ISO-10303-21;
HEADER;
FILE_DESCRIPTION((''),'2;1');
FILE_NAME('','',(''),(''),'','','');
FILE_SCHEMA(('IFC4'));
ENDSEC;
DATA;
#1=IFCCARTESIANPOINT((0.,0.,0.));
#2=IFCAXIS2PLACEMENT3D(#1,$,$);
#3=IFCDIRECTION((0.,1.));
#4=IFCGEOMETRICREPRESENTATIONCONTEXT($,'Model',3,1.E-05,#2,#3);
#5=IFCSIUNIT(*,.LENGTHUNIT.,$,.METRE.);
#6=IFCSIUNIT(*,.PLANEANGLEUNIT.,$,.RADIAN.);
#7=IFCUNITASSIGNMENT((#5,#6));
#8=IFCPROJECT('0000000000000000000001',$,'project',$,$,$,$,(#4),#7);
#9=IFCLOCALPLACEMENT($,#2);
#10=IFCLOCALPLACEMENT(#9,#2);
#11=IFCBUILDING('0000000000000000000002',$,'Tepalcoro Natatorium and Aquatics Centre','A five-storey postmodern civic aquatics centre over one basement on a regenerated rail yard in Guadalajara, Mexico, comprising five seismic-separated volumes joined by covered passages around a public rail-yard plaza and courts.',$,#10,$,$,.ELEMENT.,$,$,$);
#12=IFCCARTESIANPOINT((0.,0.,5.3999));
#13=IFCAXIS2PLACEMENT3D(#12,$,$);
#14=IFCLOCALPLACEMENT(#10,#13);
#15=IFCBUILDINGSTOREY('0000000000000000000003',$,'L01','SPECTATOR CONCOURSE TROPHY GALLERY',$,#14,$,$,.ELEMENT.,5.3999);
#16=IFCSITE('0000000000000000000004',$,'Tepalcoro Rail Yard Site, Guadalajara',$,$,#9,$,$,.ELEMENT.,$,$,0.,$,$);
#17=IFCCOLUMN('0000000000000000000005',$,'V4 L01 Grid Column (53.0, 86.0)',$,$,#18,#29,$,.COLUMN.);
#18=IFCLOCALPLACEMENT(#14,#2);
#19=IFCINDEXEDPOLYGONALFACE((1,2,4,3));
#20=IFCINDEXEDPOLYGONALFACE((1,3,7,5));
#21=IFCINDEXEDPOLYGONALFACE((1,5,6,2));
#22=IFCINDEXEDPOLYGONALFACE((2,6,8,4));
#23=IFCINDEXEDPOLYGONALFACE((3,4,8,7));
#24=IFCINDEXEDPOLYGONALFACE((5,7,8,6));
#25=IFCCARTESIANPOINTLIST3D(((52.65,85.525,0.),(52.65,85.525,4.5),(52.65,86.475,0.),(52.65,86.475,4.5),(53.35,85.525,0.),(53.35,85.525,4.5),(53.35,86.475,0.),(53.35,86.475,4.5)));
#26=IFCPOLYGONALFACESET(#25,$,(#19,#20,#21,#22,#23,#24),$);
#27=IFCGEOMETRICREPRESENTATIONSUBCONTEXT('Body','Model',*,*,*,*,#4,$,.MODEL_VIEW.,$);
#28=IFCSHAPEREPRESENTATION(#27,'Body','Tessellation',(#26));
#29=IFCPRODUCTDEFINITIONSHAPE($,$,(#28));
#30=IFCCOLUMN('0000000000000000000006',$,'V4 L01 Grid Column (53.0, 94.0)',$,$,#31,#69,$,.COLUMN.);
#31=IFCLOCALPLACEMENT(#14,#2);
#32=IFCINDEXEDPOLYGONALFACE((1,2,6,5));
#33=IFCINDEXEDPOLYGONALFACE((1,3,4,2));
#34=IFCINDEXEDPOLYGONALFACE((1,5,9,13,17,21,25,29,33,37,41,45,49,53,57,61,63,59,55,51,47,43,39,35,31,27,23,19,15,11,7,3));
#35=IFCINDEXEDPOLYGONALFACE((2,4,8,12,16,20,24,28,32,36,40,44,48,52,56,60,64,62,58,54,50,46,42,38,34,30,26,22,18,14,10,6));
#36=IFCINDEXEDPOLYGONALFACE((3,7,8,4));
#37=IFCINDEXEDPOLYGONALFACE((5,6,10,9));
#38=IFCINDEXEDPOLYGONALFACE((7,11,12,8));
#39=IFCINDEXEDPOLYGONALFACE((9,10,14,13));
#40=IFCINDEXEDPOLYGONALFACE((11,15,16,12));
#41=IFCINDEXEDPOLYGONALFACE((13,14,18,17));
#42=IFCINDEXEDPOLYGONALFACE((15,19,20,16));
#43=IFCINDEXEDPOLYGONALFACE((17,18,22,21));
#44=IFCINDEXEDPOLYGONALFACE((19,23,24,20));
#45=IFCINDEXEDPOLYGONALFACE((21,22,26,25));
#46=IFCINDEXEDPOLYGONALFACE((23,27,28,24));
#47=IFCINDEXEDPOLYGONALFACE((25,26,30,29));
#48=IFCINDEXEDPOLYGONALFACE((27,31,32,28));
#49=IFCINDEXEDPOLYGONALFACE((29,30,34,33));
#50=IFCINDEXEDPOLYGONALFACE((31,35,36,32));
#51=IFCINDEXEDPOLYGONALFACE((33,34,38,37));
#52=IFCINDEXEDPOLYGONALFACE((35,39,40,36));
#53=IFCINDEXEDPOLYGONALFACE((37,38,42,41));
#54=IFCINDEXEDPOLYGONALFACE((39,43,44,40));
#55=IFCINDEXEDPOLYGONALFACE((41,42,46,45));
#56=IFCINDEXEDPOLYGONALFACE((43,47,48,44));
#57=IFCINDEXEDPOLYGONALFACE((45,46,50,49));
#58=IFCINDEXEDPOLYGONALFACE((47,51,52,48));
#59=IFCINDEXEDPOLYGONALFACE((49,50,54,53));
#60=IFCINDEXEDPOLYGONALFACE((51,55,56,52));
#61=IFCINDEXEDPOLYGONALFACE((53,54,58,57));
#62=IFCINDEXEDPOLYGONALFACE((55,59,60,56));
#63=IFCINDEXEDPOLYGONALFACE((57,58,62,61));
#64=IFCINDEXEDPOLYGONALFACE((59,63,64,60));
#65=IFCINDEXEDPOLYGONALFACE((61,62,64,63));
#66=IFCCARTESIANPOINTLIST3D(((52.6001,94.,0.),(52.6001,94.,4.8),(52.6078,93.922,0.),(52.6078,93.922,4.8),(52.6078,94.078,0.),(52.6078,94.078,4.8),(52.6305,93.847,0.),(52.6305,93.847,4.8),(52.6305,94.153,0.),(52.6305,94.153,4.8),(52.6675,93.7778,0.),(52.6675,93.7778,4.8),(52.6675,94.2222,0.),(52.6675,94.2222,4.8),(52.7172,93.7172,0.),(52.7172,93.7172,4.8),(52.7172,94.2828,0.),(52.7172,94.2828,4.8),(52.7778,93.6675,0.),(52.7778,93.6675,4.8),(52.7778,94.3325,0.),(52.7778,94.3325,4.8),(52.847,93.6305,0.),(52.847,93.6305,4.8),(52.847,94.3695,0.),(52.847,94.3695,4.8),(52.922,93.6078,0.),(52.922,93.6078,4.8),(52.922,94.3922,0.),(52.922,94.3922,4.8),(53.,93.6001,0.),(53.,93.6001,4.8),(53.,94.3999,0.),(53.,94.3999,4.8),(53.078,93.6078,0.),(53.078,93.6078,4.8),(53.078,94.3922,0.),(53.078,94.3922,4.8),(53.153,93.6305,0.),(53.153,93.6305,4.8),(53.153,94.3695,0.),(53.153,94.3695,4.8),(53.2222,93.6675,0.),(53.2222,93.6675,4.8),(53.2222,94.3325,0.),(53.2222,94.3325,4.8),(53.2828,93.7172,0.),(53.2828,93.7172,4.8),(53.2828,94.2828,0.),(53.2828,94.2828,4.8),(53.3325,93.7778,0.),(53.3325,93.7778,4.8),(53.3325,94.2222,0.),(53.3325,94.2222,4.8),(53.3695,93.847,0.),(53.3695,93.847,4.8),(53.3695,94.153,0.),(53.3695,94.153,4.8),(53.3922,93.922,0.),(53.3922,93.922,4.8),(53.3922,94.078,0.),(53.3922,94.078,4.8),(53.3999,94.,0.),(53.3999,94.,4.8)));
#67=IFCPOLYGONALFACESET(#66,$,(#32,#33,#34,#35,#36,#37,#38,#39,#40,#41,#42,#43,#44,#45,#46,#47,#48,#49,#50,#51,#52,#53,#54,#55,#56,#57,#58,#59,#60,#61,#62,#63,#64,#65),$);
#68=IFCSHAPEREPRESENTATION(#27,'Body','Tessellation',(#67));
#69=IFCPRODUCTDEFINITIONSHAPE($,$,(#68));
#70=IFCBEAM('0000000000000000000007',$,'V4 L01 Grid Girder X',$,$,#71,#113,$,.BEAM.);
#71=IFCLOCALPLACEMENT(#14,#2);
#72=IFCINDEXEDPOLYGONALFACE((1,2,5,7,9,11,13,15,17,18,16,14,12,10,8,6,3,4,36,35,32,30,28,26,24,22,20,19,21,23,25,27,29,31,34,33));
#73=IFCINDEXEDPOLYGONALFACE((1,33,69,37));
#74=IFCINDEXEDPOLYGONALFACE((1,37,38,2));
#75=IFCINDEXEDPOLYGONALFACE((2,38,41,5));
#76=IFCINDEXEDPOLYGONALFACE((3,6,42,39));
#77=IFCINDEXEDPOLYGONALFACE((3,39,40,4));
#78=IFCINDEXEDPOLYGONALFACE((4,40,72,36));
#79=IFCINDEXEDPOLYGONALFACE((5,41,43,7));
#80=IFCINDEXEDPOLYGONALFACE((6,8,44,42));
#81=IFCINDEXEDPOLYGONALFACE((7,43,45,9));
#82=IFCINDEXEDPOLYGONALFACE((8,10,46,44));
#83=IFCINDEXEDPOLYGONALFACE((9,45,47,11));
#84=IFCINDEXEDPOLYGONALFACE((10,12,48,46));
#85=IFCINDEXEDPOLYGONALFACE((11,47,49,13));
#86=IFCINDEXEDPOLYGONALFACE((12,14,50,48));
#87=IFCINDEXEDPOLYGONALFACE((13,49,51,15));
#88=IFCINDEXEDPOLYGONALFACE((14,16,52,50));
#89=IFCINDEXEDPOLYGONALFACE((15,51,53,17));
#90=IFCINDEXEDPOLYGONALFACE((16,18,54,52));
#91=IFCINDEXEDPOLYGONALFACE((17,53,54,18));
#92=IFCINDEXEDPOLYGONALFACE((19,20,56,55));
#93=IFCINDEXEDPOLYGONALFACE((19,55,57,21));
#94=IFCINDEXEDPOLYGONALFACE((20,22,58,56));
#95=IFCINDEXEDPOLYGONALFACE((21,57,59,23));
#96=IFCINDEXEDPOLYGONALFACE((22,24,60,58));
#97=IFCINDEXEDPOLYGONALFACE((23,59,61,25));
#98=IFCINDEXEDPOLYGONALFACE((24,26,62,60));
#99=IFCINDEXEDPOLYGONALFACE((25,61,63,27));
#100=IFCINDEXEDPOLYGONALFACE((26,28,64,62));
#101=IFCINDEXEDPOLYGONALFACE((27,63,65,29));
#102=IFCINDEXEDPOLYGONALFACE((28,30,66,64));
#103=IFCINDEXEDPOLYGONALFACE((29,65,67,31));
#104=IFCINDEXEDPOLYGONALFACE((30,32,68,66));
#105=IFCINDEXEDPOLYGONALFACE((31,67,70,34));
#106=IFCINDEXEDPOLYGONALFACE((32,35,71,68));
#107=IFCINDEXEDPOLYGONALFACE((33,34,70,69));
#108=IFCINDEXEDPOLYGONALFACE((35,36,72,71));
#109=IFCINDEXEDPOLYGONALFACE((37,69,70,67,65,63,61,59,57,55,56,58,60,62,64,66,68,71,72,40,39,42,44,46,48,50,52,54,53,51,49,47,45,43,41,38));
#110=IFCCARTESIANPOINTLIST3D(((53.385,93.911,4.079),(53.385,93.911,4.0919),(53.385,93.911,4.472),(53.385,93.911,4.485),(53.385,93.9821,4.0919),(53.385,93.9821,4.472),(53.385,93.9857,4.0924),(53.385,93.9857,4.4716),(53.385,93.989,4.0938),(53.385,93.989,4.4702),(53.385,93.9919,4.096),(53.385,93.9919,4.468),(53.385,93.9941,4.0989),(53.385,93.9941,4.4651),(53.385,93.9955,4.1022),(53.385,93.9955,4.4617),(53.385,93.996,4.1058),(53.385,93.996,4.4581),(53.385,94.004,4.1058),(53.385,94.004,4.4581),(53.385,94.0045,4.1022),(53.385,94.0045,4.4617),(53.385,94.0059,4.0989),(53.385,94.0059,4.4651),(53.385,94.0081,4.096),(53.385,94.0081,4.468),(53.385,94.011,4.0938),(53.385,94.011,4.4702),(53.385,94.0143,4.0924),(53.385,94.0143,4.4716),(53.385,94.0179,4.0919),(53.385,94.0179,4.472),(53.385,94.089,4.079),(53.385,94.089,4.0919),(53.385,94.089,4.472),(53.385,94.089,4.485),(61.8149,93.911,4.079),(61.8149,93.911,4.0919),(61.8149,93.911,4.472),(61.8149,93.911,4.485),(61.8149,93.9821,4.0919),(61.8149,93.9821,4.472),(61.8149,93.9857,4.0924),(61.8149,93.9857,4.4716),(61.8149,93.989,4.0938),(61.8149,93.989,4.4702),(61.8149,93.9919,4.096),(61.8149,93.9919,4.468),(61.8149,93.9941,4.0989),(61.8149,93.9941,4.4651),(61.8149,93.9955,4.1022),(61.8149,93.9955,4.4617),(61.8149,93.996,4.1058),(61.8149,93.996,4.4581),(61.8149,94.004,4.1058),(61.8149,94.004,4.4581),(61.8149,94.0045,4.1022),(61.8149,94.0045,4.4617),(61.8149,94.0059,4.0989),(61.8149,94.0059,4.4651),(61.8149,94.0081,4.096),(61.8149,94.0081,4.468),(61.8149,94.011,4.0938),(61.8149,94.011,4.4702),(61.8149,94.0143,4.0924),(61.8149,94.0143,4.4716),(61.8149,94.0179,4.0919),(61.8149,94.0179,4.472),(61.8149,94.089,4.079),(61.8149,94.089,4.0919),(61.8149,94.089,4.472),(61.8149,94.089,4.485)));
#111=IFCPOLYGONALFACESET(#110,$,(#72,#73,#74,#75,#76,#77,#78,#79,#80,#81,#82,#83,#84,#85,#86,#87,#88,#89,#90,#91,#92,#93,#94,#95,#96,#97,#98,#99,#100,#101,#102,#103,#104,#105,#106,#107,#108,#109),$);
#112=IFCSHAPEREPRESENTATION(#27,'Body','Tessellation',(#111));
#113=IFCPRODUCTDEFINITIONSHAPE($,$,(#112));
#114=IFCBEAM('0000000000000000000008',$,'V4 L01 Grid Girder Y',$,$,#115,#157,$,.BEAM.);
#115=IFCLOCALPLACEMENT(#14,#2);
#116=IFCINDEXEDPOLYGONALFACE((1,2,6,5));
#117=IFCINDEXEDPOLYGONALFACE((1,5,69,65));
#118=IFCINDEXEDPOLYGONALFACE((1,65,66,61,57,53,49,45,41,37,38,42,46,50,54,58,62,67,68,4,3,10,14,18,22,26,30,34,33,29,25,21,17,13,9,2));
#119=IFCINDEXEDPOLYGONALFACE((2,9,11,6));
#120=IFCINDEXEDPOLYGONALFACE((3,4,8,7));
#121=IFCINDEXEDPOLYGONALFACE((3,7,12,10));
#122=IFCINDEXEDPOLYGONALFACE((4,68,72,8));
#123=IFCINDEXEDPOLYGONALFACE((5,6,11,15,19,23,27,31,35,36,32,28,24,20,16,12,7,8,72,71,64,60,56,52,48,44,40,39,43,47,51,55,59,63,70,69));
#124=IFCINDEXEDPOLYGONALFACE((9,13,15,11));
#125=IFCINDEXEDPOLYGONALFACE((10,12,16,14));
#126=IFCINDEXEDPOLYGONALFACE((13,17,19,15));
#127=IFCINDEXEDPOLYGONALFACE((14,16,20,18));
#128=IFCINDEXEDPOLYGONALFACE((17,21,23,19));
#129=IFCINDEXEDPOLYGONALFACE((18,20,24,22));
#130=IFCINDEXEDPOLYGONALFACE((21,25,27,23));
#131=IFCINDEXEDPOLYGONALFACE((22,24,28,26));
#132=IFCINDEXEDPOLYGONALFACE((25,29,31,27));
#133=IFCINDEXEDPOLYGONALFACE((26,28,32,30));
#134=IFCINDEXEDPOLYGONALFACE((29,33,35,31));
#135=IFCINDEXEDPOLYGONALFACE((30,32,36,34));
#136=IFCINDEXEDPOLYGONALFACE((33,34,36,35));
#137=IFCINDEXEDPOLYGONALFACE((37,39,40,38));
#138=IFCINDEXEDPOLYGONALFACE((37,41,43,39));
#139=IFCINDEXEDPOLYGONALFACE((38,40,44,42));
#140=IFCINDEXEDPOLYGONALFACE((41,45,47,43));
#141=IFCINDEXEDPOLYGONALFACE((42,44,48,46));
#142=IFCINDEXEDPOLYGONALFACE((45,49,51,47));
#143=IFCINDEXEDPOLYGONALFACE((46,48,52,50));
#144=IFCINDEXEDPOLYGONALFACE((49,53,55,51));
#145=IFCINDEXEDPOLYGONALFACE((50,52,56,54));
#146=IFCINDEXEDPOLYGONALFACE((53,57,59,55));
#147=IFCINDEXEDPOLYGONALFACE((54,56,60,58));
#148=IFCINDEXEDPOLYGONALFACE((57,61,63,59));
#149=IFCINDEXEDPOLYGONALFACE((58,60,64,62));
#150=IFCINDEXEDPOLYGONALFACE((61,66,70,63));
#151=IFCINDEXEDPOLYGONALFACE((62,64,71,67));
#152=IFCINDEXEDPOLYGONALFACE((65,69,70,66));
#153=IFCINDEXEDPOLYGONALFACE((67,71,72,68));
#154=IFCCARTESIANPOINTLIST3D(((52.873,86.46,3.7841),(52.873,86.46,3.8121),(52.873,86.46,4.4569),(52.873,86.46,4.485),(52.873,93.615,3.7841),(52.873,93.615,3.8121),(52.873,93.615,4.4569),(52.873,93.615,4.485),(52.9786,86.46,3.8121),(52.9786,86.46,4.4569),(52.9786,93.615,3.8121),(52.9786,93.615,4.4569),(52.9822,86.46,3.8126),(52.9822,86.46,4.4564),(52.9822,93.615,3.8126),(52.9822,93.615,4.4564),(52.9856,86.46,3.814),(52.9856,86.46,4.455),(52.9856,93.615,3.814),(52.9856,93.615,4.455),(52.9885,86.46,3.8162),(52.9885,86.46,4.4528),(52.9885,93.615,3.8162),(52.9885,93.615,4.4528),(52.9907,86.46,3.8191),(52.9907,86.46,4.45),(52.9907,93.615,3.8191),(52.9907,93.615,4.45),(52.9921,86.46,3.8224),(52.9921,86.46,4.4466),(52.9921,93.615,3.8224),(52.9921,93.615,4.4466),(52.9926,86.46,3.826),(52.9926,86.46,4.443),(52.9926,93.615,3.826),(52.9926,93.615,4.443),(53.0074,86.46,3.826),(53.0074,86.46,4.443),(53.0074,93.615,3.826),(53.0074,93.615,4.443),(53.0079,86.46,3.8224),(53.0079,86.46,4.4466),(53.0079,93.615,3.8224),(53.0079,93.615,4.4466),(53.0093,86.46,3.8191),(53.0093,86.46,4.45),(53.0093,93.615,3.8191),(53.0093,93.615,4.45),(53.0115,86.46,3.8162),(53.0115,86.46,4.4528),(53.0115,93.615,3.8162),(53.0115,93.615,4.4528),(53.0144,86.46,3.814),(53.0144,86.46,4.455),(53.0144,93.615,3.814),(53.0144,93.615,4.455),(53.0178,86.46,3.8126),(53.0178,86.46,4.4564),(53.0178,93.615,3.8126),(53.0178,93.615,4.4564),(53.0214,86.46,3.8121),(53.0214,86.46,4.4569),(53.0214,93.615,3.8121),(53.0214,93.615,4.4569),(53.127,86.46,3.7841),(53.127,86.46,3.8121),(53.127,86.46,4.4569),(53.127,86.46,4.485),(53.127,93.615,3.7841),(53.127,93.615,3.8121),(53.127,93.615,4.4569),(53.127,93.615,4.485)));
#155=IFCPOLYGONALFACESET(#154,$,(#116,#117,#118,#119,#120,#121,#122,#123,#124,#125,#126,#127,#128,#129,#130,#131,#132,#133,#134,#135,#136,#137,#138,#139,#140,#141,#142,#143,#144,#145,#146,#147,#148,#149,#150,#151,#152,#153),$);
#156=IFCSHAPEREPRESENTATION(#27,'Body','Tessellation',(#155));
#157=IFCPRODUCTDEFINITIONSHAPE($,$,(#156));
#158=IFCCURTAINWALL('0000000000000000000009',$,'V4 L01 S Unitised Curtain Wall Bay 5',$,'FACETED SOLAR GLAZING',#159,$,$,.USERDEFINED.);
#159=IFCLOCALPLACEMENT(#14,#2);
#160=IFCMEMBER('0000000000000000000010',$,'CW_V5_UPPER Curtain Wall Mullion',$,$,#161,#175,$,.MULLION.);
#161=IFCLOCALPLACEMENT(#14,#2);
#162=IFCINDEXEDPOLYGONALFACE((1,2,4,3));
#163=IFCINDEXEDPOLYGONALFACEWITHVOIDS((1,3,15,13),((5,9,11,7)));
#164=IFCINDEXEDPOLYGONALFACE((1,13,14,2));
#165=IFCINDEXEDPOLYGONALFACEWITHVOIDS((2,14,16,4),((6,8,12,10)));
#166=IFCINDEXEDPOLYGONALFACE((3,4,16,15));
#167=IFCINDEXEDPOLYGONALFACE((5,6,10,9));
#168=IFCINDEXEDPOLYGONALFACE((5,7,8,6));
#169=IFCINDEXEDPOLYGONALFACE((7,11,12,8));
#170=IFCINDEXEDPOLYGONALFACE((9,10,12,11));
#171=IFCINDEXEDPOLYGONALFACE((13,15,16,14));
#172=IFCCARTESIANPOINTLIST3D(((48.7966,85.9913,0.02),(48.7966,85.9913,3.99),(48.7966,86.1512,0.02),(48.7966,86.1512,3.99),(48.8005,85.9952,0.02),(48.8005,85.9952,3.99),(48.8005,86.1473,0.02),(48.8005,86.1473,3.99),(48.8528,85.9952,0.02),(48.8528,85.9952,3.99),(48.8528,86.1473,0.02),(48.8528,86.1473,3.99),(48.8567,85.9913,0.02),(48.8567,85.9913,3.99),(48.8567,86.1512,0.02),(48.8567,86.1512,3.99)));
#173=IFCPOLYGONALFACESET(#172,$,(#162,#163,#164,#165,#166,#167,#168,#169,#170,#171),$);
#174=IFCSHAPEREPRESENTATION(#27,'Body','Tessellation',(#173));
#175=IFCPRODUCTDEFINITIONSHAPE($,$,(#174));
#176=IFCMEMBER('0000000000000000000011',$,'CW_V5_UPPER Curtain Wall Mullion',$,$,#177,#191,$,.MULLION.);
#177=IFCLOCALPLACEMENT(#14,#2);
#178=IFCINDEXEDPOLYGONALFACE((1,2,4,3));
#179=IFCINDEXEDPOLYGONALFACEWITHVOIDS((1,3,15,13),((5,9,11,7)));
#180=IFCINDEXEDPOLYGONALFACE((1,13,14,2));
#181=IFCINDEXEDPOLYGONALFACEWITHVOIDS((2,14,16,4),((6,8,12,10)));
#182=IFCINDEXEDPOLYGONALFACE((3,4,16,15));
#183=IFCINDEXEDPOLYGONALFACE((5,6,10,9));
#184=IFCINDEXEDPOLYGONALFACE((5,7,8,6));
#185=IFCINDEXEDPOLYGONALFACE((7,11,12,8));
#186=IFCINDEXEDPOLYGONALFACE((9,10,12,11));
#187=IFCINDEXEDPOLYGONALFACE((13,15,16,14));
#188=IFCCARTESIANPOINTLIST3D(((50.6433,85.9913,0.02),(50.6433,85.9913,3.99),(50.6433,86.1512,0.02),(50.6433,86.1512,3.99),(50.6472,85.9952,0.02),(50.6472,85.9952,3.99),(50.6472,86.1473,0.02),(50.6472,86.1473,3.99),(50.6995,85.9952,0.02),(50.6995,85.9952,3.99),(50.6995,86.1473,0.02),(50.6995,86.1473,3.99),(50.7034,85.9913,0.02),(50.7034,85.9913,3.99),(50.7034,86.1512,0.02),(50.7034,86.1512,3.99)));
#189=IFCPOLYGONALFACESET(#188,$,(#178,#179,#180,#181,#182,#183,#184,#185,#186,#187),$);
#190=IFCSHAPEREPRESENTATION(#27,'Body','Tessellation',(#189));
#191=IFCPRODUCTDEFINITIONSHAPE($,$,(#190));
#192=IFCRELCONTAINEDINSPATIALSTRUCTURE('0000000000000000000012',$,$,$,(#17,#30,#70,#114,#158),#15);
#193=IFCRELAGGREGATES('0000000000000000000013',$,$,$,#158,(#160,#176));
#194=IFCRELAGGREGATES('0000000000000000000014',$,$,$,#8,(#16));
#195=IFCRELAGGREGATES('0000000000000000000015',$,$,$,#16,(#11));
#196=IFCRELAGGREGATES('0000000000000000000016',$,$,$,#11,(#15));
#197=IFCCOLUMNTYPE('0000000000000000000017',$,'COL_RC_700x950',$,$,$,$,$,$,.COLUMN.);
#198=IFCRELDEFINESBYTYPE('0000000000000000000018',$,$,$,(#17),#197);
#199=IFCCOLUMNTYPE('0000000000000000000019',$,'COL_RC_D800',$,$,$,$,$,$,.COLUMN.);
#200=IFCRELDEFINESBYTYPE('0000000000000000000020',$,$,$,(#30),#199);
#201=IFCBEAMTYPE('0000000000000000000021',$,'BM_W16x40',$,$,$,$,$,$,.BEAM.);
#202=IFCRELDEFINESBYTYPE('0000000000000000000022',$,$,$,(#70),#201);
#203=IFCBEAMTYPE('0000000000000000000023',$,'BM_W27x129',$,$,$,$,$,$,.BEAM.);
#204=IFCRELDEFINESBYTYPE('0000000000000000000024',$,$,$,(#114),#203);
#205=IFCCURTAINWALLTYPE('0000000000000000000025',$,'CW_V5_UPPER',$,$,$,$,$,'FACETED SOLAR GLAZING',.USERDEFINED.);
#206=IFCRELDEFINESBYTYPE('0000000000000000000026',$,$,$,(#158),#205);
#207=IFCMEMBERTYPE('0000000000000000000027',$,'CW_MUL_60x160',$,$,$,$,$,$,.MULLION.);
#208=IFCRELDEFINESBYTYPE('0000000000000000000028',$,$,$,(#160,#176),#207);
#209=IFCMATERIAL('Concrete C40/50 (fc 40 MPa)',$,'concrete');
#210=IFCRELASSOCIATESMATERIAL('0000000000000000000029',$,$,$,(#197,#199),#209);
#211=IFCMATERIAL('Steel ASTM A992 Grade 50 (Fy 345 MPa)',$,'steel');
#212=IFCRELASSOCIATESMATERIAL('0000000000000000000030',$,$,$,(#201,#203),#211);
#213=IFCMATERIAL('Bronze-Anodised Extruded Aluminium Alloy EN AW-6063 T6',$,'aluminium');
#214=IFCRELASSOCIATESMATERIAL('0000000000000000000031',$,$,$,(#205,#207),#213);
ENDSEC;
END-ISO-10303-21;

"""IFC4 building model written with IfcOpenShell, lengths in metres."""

from ifc_helpers import new_model, si_unit, direction, frame, origin, origin_2d, place, context, subcontext, project, spatial, rectangle, hollow_rectangle, circle, i_section, extrude, material, material_profile, profile_set, type_object, element, aggregate, save


model = new_model("IFC4")

# Units and contexts
model_context = context("Model", 3, precision=1e-05, world=origin(), true_north=direction((0.0, 1.0)))
body_context = subcontext(model_context, "Body", "Model", "MODEL_VIEW")
ifc_project = project(units=[si_unit("LENGTHUNIT", "METRE"), si_unit("PLANEANGLEUNIT", "RADIAN")], contexts=[model_context])

# Site, building, storey
site_placement = place(None, origin())
site = spatial("IfcSite", under=ifc_project, at=site_placement, Name="Tepalcoro Rail Yard Site, Guadalajara", CompositionType="ELEMENT", RefElevation=0.0)
building_placement = place(site_placement, origin())
building = spatial("IfcBuilding", under=site, at=building_placement, Name="Tepalcoro Natatorium and Aquatics Centre", Description="A five-storey postmodern civic aquatics centre over one basement on a regenerated rail yard in Guadalajara, Mexico, comprising five seismic-separated volumes joined by covered passages around a public rail-yard plaza and courts.", CompositionType="ELEMENT")
storey_placement = place(building_placement, frame((0.0, 0.0, 5.3999)))
storey = spatial("IfcBuildingStorey", under=building, at=storey_placement, Name="L01", Description="SPECTATOR CONCOURSE TROPHY GALLERY", CompositionType="ELEMENT", Elevation=5.3999)

# Columns
ifc_material_1 = material(Name="Concrete C40/50 (fc 40 MPa)", Category="concrete")
ifc_material_profile_1 = material_profile(ifc_material_1, rectangle(XDim=0.7, YDim=0.95, at=origin_2d()), Name="RC700x950")
ifc_profile_set_1 = profile_set([ifc_material_profile_1], Name="Concrete C40/50 (fc 40 MPa)")
column_type_1 = type_object("IfcColumnType", Name="COL_RC_700x950", PredefinedType="COLUMN", material=ifc_profile_set_1)
column_1_placement = place(storey_placement, frame((53.0, 86.0, 0.0), z_axis=(0.0, 0.0, 1.0), x_axis=(1.0, 0.0, 0.0)))
element("IfcColumn", 1, at=column_1_placement, inside=storey, type_object=column_type_1, Name="V4 L01 Grid Column (53.0, 86.0)", PredefinedType="COLUMN", context=body_context, shape_type="SweptSolid", body=[
    extrude(rectangle(XDim=0.7, YDim=0.95, at=origin_2d()), origin(), (0.0, 0.0, 1.0), 4.5),
])
ifc_material_profile_2 = material_profile(ifc_material_1, circle(Radius=0.3999, at=origin_2d()), Name="RCD800")
ifc_profile_set_2 = profile_set([ifc_material_profile_2], Name="Concrete C40/50 (fc 40 MPa)")
column_type_2 = type_object("IfcColumnType", Name="COL_RC_D800", PredefinedType="COLUMN", material=ifc_profile_set_2)
column_2_placement = place(storey_placement, frame((53.0, 94.0, 0.0), z_axis=(0.0, 0.0, 1.0), x_axis=(1.0, 0.0, 0.0)))
element("IfcColumn", 2, at=column_2_placement, inside=storey, type_object=column_type_2, Name="V4 L01 Grid Column (53.0, 94.0)", PredefinedType="COLUMN", context=body_context, shape_type="SweptSolid", body=[
    extrude(circle(Radius=0.3999, at=origin_2d()), origin(), (0.0, 0.0, 1.0), 4.8),
])

# Beams
ifc_material_2 = material(Name="Steel ASTM A992 Grade 50 (Fy 345 MPa)", Category="steel")
ifc_material_profile_3 = material_profile(ifc_material_2, i_section(OverallWidth=0.178, OverallDepth=0.406, WebThickness=0.0081, FlangeThickness=0.0129, FilletRadius=0.0139, at=origin_2d()), Name="W16X40")
ifc_profile_set_3 = profile_set([ifc_material_profile_3], Name="Steel ASTM A992 Grade 50 (Fy 345 MPa)")
beam_type_1 = type_object("IfcBeamType", Name="BM_W16x40", PredefinedType="BEAM", material=ifc_profile_set_3)
beam_1_placement = place(storey_placement, frame((53.385, 94.0, 4.282), z_axis=(1.0, 0.0, 0.0), x_axis=(0.0, 1.0, 0.0)))
element("IfcBeam", 3, at=beam_1_placement, inside=storey, type_object=beam_type_1, Name="V4 L01 Grid Girder X", PredefinedType="BEAM", context=body_context, shape_type="SweptSolid", body=[
    extrude(i_section(OverallWidth=0.178, OverallDepth=0.406, WebThickness=0.0081, FlangeThickness=0.0129, FilletRadius=0.0139, at=origin_2d()), origin(), (0.0, 0.0, 1.0), 8.4299),
])
ifc_material_profile_4 = material_profile(ifc_material_2, i_section(OverallWidth=0.2539, OverallDepth=0.7009, WebThickness=0.0149, FlangeThickness=0.0281, FilletRadius=0.0139, at=origin_2d()), Name="W27X129")
ifc_profile_set_4 = profile_set([ifc_material_profile_4], Name="Steel ASTM A992 Grade 50 (Fy 345 MPa)")
beam_type_2 = type_object("IfcBeamType", Name="BM_W27x129", PredefinedType="BEAM", material=ifc_profile_set_4)
beam_2_placement = place(storey_placement, frame((53.0, 86.46, 4.1345), z_axis=(0.0, 1.0, 0.0), x_axis=(-1.0, 0.0, 0.0)))
element("IfcBeam", 4, at=beam_2_placement, inside=storey, type_object=beam_type_2, Name="V4 L01 Grid Girder Y", PredefinedType="BEAM", context=body_context, shape_type="SweptSolid", body=[
    extrude(i_section(OverallWidth=0.2539, OverallDepth=0.7009, WebThickness=0.0149, FlangeThickness=0.0281, FilletRadius=0.0139, at=origin_2d()), origin(), (0.0, 0.0, 1.0), 7.155),
])

# Curtain wall, members
ifc_material_3 = material(Name="Bronze-Anodised Extruded Aluminium Alloy EN AW-6063 T6", Category="aluminium")
curtain_wall_type = type_object("IfcCurtainWallType", Name="CW_V5_UPPER", ElementType="FACETED SOLAR GLAZING", PredefinedType="USERDEFINED", material=ifc_material_3)
curtain_wall_placement = place(storey_placement, origin())
curtain_wall = element("IfcCurtainWall", 5, at=curtain_wall_placement, inside=storey, type_object=curtain_wall_type, Name="V4 L01 S Unitised Curtain Wall Bay 5", ObjectType="FACETED SOLAR GLAZING", PredefinedType="USERDEFINED")
ifc_material_profile_5 = material_profile(ifc_material_3, hollow_rectangle(XDim=0.0601, YDim=0.1599, WallThickness=0.0039, at=origin_2d()), Name="AL60X160X4")
ifc_profile_set_5 = profile_set([ifc_material_profile_5], Name="Bronze-Anodised Extruded Aluminium Alloy EN AW-6063 T6")
member_type_1 = type_object("IfcMemberType", Name="CW_MUL_60x160", PredefinedType="MULLION", material=ifc_profile_set_5)
member_1_placement = place(storey_placement, frame((48.8267, 86.0713, 0.02), z_axis=(0.0, 0.0, 1.0), x_axis=(1.0, 0.0, 0.0)))
member_1 = element("IfcMember", 6, at=member_1_placement, type_object=member_type_1, Name="CW_V5_UPPER Curtain Wall Mullion", PredefinedType="MULLION", context=body_context, shape_type="SweptSolid", body=[
    extrude(hollow_rectangle(XDim=0.0601, YDim=0.1599, WallThickness=0.0039, at=origin_2d()), origin(), (0.0, 0.0, 1.0), 3.97),
])
member_2_placement = place(storey_placement, frame((50.6733, 86.0713, 0.02), z_axis=(0.0, 0.0, 1.0), x_axis=(1.0, 0.0, 0.0)))
member_2 = element("IfcMember", 7, at=member_2_placement, type_object=member_type_1, Name="CW_V5_UPPER Curtain Wall Mullion", PredefinedType="MULLION", context=body_context, shape_type="SweptSolid", body=[
    extrude(hollow_rectangle(XDim=0.0601, YDim=0.1599, WallThickness=0.0039, at=origin_2d()), origin(), (0.0, 0.0, 1.0), 3.97),
])

aggregate(curtain_wall, [member_1, member_2])

save(model, "model.ifc")
